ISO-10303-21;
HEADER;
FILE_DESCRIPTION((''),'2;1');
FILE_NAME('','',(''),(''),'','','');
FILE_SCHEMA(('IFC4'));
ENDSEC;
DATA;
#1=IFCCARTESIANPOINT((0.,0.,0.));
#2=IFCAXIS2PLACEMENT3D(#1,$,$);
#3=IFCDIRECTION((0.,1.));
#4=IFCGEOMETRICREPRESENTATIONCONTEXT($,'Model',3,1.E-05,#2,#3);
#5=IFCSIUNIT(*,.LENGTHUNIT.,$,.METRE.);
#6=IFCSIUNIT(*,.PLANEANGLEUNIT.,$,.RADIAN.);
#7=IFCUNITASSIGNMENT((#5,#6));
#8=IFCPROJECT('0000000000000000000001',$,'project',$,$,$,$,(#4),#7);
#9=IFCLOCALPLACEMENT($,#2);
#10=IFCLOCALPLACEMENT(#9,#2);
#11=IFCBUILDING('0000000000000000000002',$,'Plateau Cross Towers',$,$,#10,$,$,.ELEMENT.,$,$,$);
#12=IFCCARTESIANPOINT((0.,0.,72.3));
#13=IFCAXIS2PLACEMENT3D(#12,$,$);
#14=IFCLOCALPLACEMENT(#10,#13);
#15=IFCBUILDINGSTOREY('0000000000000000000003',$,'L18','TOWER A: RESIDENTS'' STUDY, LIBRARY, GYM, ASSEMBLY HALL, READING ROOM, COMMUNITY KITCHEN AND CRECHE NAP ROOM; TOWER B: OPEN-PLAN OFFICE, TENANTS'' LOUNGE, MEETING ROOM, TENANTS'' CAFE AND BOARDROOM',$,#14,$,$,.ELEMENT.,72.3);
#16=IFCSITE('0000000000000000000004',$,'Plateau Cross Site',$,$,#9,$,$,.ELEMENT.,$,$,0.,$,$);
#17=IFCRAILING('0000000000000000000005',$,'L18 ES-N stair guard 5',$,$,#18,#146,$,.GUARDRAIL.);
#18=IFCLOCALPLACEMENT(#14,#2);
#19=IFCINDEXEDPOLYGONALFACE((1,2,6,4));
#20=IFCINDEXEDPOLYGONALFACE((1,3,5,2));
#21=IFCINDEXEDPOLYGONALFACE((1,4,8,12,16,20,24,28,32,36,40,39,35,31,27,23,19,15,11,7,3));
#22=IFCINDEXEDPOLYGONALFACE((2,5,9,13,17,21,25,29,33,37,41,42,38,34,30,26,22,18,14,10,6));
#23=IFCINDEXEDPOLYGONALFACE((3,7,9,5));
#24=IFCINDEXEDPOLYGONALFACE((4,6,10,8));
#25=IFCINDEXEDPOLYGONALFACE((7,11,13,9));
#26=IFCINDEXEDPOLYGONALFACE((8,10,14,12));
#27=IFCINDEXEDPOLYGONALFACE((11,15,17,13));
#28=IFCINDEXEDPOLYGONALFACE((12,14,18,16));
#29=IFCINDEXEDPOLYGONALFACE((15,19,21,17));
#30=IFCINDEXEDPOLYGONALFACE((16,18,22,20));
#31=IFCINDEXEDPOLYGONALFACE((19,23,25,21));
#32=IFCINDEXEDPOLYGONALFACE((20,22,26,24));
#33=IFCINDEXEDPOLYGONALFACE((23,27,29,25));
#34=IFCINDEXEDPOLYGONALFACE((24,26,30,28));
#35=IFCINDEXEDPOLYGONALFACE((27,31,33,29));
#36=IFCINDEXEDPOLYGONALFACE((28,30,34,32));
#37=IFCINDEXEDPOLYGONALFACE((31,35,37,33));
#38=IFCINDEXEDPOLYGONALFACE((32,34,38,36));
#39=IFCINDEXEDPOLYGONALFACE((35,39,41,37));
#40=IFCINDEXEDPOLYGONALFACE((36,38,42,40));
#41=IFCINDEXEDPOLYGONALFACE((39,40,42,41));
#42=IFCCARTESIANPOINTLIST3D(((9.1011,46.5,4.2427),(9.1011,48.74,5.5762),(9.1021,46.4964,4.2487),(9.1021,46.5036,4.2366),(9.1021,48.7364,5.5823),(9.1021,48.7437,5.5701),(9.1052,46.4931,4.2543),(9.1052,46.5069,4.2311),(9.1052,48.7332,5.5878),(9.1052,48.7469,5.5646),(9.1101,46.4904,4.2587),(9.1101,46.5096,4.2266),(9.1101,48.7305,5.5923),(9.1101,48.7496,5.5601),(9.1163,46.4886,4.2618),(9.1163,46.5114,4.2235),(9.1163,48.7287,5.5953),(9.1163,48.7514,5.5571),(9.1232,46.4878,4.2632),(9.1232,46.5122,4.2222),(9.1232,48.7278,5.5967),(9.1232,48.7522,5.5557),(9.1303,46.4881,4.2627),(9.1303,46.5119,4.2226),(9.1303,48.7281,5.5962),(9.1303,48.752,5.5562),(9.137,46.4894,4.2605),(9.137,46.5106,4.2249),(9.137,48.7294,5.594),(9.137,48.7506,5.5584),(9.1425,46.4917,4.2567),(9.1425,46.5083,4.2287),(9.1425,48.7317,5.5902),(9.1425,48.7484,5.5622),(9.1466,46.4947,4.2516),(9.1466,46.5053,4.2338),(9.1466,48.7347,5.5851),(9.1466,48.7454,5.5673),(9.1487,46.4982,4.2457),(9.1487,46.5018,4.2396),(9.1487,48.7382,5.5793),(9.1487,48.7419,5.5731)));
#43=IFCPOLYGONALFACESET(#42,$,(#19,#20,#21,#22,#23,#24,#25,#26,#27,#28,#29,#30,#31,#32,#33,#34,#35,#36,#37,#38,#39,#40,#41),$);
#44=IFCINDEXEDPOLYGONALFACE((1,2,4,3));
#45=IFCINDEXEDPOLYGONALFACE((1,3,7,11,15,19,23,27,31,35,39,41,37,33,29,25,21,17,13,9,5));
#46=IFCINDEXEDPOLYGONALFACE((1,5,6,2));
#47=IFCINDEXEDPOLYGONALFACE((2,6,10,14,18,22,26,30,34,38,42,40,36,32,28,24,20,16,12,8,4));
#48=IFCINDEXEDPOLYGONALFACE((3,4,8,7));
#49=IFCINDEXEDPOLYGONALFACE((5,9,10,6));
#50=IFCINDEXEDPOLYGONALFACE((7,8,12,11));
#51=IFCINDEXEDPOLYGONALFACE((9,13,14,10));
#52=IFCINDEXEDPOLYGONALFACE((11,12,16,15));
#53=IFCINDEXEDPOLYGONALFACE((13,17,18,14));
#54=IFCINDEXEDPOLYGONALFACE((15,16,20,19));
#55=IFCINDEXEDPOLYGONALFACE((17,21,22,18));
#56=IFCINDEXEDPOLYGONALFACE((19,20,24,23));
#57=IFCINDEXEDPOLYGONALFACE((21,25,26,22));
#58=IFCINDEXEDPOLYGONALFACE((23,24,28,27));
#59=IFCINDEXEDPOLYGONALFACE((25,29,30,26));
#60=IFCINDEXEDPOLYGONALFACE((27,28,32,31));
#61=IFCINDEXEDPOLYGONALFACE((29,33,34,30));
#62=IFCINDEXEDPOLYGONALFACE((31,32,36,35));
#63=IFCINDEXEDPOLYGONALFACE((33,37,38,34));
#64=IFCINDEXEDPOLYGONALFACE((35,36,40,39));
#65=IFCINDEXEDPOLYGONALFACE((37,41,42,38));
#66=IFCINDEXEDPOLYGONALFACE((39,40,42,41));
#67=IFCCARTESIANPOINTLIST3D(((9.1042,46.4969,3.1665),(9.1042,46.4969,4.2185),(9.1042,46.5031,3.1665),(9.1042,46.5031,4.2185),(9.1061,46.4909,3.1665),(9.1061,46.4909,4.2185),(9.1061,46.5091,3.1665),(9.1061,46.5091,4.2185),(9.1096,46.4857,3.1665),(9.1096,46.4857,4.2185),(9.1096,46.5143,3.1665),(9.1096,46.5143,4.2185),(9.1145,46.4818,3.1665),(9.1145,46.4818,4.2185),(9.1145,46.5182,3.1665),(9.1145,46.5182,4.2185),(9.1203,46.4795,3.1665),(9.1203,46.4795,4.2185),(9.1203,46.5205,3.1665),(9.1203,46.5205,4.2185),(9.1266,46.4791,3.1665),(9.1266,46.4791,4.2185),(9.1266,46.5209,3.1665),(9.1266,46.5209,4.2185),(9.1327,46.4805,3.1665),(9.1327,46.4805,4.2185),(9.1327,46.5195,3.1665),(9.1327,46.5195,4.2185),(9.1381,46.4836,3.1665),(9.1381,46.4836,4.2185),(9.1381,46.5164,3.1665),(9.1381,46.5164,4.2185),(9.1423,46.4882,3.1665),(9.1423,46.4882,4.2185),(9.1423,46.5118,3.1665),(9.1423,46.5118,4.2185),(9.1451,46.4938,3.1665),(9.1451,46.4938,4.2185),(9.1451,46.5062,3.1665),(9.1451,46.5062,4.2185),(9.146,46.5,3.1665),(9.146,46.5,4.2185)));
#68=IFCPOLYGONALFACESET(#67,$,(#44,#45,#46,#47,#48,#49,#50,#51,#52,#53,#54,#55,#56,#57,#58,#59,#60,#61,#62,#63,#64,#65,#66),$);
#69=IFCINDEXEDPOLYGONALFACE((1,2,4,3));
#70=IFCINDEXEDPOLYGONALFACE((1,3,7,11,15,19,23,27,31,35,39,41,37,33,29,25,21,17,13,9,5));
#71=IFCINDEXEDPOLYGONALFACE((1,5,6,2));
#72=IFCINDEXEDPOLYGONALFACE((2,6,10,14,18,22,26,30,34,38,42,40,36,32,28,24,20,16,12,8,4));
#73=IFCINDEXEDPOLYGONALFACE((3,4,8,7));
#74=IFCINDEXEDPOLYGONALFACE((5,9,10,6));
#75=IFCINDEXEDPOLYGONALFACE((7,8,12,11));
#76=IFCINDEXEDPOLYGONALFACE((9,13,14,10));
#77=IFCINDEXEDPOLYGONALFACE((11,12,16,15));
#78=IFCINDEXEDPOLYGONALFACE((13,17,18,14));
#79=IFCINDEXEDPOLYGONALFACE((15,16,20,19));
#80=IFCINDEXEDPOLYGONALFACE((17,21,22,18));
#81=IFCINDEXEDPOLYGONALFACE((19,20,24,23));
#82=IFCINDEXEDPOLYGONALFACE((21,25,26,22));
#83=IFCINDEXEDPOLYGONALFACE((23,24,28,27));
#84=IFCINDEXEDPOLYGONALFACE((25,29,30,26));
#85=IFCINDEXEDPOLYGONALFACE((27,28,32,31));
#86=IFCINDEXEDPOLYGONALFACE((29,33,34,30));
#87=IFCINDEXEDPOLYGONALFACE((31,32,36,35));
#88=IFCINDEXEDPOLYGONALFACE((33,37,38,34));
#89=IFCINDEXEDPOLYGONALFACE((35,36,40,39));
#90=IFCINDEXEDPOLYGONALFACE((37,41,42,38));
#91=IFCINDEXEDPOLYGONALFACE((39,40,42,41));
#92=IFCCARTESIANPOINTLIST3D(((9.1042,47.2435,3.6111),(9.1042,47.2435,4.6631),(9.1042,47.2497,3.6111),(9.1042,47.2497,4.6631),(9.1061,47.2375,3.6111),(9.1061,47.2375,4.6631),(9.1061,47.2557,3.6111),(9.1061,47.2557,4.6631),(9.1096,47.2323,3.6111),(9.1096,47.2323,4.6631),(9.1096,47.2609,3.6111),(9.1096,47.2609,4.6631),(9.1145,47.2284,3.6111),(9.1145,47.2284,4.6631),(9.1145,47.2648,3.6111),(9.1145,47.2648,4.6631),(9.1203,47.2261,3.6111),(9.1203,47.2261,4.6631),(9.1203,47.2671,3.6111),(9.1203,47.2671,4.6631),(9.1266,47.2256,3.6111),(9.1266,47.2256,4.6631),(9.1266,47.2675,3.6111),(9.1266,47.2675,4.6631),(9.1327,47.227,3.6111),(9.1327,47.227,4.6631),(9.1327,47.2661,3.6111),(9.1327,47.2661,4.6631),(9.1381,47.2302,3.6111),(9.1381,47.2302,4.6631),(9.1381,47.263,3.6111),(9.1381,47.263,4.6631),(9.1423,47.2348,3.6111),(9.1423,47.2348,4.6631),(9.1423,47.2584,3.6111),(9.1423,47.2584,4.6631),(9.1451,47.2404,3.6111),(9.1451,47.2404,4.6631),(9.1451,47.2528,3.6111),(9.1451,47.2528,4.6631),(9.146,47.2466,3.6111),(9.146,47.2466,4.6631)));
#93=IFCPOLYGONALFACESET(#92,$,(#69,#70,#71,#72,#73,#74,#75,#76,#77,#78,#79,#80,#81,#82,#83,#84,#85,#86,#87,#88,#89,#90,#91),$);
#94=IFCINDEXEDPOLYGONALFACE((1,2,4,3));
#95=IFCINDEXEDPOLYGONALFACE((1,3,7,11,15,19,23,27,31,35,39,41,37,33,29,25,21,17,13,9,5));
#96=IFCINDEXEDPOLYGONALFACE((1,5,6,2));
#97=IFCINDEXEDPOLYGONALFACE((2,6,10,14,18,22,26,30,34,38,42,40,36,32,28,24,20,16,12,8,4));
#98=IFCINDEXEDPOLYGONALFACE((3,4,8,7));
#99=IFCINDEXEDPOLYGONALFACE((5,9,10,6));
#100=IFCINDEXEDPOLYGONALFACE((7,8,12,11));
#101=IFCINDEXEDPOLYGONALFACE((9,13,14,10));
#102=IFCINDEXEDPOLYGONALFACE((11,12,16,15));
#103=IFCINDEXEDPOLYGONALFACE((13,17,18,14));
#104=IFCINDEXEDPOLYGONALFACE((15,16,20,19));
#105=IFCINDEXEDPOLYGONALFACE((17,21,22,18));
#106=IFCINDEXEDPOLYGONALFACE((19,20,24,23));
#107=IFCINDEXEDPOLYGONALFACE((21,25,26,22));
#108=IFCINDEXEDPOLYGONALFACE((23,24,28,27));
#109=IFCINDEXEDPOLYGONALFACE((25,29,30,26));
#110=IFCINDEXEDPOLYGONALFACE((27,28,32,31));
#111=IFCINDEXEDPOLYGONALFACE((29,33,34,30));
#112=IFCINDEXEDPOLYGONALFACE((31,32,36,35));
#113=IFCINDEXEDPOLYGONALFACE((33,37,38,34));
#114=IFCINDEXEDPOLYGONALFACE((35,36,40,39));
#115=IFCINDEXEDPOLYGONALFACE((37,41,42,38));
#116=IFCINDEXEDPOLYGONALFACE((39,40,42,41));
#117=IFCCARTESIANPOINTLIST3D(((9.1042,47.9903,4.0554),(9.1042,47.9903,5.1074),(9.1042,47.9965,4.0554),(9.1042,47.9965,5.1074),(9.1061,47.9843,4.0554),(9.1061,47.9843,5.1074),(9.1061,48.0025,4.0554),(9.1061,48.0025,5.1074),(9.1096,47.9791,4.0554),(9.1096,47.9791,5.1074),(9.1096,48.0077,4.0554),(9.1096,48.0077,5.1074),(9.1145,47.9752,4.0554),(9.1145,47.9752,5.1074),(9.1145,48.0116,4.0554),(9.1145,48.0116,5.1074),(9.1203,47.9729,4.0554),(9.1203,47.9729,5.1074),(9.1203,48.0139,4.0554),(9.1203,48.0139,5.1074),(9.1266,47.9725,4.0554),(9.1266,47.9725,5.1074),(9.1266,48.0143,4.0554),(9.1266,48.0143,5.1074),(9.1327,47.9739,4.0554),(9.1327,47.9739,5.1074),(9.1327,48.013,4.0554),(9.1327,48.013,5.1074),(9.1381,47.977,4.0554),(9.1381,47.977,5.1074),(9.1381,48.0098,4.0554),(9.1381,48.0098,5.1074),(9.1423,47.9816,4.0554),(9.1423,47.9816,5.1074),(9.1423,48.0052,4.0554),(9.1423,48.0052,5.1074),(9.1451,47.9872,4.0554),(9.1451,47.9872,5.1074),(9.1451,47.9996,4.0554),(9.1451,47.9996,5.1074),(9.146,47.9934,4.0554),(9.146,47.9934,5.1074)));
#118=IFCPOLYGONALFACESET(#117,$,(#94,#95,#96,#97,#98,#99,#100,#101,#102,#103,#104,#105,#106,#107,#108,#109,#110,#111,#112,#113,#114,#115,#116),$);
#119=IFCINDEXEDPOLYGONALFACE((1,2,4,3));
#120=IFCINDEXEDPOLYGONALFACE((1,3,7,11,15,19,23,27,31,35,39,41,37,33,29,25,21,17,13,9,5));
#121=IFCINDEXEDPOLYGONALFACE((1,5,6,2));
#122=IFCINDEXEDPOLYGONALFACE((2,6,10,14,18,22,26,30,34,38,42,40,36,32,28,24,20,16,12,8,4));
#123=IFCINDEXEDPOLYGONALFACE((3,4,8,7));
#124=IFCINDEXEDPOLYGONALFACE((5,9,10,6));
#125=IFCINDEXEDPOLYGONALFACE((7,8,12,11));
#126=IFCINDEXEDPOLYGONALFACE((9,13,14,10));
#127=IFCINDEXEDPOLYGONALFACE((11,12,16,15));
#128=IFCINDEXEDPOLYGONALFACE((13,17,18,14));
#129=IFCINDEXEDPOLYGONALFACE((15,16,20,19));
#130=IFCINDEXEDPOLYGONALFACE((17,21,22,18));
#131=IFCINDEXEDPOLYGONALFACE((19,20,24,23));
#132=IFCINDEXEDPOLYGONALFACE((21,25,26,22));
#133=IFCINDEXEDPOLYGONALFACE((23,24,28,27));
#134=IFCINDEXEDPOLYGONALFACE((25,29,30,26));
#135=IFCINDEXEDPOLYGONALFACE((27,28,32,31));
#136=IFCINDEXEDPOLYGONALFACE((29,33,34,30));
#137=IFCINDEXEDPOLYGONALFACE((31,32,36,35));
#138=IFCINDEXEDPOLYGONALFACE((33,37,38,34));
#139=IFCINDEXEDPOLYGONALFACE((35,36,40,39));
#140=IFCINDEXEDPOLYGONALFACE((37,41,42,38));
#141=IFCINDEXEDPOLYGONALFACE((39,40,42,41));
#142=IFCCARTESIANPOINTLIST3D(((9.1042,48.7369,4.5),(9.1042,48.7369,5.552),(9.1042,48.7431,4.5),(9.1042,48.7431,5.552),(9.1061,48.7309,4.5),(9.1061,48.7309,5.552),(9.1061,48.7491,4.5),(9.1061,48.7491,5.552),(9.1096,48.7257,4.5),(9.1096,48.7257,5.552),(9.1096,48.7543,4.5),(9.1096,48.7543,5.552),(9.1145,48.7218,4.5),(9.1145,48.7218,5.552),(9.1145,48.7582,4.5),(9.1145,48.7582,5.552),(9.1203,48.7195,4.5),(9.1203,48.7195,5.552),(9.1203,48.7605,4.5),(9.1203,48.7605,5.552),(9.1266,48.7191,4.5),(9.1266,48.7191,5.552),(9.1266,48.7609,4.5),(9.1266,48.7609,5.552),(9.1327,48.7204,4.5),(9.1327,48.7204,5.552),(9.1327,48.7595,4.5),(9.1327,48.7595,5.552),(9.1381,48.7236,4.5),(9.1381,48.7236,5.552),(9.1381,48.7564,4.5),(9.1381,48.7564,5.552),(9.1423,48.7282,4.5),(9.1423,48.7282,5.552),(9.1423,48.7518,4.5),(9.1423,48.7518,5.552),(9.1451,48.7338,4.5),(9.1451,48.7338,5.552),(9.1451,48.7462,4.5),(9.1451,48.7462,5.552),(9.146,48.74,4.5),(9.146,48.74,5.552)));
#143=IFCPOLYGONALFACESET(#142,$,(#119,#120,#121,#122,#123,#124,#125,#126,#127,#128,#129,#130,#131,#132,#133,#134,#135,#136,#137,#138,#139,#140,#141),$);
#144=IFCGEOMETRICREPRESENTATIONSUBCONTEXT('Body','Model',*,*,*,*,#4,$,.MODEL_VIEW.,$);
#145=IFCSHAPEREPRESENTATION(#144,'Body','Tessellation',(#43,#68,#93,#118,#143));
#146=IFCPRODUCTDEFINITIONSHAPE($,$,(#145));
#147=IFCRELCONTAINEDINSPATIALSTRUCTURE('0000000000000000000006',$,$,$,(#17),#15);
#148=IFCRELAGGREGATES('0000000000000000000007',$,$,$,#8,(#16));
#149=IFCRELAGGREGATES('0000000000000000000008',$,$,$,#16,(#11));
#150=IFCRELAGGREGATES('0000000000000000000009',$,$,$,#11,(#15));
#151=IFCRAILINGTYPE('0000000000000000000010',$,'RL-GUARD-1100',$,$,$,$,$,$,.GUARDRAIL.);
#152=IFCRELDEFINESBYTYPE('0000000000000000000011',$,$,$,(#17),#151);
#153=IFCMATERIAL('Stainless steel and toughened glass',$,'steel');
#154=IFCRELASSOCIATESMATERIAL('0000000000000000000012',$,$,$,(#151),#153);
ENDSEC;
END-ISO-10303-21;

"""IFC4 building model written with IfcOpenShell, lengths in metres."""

from ifc_helpers import new_model, si_unit, direction, frame, origin, origin_2d, place, context, subcontext, project, spatial, circle, extrude, material, type_object, element, save


model = new_model("IFC4")

# Units and contexts
model_context = context("Model", 3, precision=1e-05, world=origin(), true_north=direction((0.0, 1.0)))
body_context = subcontext(model_context, "Body", "Model", "MODEL_VIEW")
ifc_project = project(units=[si_unit("LENGTHUNIT", "METRE"), si_unit("PLANEANGLEUNIT", "RADIAN")], contexts=[model_context])

# Site, building, storey
site_placement = place(None, origin())
site = spatial("IfcSite", under=ifc_project, at=site_placement, Name="Plateau Cross Site", CompositionType="ELEMENT", RefElevation=0.0)
building_placement = place(site_placement, origin())
building = spatial("IfcBuilding", under=site, at=building_placement, Name="Plateau Cross Towers", CompositionType="ELEMENT")
storey_placement = place(building_placement, frame((0.0, 0.0, 72.3)))
storey = spatial("IfcBuildingStorey", under=building, at=storey_placement, Name="L18", Description="TOWER A: RESIDENTS' STUDY, LIBRARY, GYM, ASSEMBLY HALL, READING ROOM, COMMUNITY KITCHEN AND CRECHE NAP ROOM; TOWER B: OPEN-PLAN OFFICE, TENANTS' LOUNGE, MEETING ROOM, TENANTS' CAFE AND BOARDROOM", CompositionType="ELEMENT", Elevation=72.3)

# Railing
ifc_material_1 = material(Name="Stainless steel and toughened glass", Category="steel")
railing_type_1 = type_object("IfcRailingType", Name="RL-GUARD-1100", PredefinedType="GUARDRAIL", material=ifc_material_1)
railing_1_placement = place(storey_placement, frame((9.125, 46.5, 3.1665)))
element("IfcRailing", 1, at=railing_1_placement, inside=storey, type_object=railing_type_1, Name="L18 ES-N stair guard 5", PredefinedType="GUARDRAIL", context=body_context, shape_type="SweptSolid", body=[
    extrude(circle(Radius=0.0239, at=origin_2d()), frame((0.0, 0.0, 1.0762), z_axis=(0.0, 0.859264, 0.511532), x_axis=(-1.0, 0.0, 0.0)), (0.0, 0.0, 1.0), 2.6069),
    extrude(circle(Radius=0.021, at=origin_2d()), origin(), (0.0, 0.0, 1.0), 1.052),
    extrude(circle(Radius=0.021, at=origin_2d()), frame((0.0, 0.7466, 0.4446)), (0.0, 0.0, 1.0), 1.052),
    extrude(circle(Radius=0.021, at=origin_2d()), frame((0.0, 1.4934, 0.8889)), (0.0, 0.0, 1.0), 1.052),
    extrude(circle(Radius=0.021, at=origin_2d()), frame((0.0, 2.24, 1.3335)), (0.0, 0.0, 1.0), 1.052),
])

save(model, "model.ifc")
